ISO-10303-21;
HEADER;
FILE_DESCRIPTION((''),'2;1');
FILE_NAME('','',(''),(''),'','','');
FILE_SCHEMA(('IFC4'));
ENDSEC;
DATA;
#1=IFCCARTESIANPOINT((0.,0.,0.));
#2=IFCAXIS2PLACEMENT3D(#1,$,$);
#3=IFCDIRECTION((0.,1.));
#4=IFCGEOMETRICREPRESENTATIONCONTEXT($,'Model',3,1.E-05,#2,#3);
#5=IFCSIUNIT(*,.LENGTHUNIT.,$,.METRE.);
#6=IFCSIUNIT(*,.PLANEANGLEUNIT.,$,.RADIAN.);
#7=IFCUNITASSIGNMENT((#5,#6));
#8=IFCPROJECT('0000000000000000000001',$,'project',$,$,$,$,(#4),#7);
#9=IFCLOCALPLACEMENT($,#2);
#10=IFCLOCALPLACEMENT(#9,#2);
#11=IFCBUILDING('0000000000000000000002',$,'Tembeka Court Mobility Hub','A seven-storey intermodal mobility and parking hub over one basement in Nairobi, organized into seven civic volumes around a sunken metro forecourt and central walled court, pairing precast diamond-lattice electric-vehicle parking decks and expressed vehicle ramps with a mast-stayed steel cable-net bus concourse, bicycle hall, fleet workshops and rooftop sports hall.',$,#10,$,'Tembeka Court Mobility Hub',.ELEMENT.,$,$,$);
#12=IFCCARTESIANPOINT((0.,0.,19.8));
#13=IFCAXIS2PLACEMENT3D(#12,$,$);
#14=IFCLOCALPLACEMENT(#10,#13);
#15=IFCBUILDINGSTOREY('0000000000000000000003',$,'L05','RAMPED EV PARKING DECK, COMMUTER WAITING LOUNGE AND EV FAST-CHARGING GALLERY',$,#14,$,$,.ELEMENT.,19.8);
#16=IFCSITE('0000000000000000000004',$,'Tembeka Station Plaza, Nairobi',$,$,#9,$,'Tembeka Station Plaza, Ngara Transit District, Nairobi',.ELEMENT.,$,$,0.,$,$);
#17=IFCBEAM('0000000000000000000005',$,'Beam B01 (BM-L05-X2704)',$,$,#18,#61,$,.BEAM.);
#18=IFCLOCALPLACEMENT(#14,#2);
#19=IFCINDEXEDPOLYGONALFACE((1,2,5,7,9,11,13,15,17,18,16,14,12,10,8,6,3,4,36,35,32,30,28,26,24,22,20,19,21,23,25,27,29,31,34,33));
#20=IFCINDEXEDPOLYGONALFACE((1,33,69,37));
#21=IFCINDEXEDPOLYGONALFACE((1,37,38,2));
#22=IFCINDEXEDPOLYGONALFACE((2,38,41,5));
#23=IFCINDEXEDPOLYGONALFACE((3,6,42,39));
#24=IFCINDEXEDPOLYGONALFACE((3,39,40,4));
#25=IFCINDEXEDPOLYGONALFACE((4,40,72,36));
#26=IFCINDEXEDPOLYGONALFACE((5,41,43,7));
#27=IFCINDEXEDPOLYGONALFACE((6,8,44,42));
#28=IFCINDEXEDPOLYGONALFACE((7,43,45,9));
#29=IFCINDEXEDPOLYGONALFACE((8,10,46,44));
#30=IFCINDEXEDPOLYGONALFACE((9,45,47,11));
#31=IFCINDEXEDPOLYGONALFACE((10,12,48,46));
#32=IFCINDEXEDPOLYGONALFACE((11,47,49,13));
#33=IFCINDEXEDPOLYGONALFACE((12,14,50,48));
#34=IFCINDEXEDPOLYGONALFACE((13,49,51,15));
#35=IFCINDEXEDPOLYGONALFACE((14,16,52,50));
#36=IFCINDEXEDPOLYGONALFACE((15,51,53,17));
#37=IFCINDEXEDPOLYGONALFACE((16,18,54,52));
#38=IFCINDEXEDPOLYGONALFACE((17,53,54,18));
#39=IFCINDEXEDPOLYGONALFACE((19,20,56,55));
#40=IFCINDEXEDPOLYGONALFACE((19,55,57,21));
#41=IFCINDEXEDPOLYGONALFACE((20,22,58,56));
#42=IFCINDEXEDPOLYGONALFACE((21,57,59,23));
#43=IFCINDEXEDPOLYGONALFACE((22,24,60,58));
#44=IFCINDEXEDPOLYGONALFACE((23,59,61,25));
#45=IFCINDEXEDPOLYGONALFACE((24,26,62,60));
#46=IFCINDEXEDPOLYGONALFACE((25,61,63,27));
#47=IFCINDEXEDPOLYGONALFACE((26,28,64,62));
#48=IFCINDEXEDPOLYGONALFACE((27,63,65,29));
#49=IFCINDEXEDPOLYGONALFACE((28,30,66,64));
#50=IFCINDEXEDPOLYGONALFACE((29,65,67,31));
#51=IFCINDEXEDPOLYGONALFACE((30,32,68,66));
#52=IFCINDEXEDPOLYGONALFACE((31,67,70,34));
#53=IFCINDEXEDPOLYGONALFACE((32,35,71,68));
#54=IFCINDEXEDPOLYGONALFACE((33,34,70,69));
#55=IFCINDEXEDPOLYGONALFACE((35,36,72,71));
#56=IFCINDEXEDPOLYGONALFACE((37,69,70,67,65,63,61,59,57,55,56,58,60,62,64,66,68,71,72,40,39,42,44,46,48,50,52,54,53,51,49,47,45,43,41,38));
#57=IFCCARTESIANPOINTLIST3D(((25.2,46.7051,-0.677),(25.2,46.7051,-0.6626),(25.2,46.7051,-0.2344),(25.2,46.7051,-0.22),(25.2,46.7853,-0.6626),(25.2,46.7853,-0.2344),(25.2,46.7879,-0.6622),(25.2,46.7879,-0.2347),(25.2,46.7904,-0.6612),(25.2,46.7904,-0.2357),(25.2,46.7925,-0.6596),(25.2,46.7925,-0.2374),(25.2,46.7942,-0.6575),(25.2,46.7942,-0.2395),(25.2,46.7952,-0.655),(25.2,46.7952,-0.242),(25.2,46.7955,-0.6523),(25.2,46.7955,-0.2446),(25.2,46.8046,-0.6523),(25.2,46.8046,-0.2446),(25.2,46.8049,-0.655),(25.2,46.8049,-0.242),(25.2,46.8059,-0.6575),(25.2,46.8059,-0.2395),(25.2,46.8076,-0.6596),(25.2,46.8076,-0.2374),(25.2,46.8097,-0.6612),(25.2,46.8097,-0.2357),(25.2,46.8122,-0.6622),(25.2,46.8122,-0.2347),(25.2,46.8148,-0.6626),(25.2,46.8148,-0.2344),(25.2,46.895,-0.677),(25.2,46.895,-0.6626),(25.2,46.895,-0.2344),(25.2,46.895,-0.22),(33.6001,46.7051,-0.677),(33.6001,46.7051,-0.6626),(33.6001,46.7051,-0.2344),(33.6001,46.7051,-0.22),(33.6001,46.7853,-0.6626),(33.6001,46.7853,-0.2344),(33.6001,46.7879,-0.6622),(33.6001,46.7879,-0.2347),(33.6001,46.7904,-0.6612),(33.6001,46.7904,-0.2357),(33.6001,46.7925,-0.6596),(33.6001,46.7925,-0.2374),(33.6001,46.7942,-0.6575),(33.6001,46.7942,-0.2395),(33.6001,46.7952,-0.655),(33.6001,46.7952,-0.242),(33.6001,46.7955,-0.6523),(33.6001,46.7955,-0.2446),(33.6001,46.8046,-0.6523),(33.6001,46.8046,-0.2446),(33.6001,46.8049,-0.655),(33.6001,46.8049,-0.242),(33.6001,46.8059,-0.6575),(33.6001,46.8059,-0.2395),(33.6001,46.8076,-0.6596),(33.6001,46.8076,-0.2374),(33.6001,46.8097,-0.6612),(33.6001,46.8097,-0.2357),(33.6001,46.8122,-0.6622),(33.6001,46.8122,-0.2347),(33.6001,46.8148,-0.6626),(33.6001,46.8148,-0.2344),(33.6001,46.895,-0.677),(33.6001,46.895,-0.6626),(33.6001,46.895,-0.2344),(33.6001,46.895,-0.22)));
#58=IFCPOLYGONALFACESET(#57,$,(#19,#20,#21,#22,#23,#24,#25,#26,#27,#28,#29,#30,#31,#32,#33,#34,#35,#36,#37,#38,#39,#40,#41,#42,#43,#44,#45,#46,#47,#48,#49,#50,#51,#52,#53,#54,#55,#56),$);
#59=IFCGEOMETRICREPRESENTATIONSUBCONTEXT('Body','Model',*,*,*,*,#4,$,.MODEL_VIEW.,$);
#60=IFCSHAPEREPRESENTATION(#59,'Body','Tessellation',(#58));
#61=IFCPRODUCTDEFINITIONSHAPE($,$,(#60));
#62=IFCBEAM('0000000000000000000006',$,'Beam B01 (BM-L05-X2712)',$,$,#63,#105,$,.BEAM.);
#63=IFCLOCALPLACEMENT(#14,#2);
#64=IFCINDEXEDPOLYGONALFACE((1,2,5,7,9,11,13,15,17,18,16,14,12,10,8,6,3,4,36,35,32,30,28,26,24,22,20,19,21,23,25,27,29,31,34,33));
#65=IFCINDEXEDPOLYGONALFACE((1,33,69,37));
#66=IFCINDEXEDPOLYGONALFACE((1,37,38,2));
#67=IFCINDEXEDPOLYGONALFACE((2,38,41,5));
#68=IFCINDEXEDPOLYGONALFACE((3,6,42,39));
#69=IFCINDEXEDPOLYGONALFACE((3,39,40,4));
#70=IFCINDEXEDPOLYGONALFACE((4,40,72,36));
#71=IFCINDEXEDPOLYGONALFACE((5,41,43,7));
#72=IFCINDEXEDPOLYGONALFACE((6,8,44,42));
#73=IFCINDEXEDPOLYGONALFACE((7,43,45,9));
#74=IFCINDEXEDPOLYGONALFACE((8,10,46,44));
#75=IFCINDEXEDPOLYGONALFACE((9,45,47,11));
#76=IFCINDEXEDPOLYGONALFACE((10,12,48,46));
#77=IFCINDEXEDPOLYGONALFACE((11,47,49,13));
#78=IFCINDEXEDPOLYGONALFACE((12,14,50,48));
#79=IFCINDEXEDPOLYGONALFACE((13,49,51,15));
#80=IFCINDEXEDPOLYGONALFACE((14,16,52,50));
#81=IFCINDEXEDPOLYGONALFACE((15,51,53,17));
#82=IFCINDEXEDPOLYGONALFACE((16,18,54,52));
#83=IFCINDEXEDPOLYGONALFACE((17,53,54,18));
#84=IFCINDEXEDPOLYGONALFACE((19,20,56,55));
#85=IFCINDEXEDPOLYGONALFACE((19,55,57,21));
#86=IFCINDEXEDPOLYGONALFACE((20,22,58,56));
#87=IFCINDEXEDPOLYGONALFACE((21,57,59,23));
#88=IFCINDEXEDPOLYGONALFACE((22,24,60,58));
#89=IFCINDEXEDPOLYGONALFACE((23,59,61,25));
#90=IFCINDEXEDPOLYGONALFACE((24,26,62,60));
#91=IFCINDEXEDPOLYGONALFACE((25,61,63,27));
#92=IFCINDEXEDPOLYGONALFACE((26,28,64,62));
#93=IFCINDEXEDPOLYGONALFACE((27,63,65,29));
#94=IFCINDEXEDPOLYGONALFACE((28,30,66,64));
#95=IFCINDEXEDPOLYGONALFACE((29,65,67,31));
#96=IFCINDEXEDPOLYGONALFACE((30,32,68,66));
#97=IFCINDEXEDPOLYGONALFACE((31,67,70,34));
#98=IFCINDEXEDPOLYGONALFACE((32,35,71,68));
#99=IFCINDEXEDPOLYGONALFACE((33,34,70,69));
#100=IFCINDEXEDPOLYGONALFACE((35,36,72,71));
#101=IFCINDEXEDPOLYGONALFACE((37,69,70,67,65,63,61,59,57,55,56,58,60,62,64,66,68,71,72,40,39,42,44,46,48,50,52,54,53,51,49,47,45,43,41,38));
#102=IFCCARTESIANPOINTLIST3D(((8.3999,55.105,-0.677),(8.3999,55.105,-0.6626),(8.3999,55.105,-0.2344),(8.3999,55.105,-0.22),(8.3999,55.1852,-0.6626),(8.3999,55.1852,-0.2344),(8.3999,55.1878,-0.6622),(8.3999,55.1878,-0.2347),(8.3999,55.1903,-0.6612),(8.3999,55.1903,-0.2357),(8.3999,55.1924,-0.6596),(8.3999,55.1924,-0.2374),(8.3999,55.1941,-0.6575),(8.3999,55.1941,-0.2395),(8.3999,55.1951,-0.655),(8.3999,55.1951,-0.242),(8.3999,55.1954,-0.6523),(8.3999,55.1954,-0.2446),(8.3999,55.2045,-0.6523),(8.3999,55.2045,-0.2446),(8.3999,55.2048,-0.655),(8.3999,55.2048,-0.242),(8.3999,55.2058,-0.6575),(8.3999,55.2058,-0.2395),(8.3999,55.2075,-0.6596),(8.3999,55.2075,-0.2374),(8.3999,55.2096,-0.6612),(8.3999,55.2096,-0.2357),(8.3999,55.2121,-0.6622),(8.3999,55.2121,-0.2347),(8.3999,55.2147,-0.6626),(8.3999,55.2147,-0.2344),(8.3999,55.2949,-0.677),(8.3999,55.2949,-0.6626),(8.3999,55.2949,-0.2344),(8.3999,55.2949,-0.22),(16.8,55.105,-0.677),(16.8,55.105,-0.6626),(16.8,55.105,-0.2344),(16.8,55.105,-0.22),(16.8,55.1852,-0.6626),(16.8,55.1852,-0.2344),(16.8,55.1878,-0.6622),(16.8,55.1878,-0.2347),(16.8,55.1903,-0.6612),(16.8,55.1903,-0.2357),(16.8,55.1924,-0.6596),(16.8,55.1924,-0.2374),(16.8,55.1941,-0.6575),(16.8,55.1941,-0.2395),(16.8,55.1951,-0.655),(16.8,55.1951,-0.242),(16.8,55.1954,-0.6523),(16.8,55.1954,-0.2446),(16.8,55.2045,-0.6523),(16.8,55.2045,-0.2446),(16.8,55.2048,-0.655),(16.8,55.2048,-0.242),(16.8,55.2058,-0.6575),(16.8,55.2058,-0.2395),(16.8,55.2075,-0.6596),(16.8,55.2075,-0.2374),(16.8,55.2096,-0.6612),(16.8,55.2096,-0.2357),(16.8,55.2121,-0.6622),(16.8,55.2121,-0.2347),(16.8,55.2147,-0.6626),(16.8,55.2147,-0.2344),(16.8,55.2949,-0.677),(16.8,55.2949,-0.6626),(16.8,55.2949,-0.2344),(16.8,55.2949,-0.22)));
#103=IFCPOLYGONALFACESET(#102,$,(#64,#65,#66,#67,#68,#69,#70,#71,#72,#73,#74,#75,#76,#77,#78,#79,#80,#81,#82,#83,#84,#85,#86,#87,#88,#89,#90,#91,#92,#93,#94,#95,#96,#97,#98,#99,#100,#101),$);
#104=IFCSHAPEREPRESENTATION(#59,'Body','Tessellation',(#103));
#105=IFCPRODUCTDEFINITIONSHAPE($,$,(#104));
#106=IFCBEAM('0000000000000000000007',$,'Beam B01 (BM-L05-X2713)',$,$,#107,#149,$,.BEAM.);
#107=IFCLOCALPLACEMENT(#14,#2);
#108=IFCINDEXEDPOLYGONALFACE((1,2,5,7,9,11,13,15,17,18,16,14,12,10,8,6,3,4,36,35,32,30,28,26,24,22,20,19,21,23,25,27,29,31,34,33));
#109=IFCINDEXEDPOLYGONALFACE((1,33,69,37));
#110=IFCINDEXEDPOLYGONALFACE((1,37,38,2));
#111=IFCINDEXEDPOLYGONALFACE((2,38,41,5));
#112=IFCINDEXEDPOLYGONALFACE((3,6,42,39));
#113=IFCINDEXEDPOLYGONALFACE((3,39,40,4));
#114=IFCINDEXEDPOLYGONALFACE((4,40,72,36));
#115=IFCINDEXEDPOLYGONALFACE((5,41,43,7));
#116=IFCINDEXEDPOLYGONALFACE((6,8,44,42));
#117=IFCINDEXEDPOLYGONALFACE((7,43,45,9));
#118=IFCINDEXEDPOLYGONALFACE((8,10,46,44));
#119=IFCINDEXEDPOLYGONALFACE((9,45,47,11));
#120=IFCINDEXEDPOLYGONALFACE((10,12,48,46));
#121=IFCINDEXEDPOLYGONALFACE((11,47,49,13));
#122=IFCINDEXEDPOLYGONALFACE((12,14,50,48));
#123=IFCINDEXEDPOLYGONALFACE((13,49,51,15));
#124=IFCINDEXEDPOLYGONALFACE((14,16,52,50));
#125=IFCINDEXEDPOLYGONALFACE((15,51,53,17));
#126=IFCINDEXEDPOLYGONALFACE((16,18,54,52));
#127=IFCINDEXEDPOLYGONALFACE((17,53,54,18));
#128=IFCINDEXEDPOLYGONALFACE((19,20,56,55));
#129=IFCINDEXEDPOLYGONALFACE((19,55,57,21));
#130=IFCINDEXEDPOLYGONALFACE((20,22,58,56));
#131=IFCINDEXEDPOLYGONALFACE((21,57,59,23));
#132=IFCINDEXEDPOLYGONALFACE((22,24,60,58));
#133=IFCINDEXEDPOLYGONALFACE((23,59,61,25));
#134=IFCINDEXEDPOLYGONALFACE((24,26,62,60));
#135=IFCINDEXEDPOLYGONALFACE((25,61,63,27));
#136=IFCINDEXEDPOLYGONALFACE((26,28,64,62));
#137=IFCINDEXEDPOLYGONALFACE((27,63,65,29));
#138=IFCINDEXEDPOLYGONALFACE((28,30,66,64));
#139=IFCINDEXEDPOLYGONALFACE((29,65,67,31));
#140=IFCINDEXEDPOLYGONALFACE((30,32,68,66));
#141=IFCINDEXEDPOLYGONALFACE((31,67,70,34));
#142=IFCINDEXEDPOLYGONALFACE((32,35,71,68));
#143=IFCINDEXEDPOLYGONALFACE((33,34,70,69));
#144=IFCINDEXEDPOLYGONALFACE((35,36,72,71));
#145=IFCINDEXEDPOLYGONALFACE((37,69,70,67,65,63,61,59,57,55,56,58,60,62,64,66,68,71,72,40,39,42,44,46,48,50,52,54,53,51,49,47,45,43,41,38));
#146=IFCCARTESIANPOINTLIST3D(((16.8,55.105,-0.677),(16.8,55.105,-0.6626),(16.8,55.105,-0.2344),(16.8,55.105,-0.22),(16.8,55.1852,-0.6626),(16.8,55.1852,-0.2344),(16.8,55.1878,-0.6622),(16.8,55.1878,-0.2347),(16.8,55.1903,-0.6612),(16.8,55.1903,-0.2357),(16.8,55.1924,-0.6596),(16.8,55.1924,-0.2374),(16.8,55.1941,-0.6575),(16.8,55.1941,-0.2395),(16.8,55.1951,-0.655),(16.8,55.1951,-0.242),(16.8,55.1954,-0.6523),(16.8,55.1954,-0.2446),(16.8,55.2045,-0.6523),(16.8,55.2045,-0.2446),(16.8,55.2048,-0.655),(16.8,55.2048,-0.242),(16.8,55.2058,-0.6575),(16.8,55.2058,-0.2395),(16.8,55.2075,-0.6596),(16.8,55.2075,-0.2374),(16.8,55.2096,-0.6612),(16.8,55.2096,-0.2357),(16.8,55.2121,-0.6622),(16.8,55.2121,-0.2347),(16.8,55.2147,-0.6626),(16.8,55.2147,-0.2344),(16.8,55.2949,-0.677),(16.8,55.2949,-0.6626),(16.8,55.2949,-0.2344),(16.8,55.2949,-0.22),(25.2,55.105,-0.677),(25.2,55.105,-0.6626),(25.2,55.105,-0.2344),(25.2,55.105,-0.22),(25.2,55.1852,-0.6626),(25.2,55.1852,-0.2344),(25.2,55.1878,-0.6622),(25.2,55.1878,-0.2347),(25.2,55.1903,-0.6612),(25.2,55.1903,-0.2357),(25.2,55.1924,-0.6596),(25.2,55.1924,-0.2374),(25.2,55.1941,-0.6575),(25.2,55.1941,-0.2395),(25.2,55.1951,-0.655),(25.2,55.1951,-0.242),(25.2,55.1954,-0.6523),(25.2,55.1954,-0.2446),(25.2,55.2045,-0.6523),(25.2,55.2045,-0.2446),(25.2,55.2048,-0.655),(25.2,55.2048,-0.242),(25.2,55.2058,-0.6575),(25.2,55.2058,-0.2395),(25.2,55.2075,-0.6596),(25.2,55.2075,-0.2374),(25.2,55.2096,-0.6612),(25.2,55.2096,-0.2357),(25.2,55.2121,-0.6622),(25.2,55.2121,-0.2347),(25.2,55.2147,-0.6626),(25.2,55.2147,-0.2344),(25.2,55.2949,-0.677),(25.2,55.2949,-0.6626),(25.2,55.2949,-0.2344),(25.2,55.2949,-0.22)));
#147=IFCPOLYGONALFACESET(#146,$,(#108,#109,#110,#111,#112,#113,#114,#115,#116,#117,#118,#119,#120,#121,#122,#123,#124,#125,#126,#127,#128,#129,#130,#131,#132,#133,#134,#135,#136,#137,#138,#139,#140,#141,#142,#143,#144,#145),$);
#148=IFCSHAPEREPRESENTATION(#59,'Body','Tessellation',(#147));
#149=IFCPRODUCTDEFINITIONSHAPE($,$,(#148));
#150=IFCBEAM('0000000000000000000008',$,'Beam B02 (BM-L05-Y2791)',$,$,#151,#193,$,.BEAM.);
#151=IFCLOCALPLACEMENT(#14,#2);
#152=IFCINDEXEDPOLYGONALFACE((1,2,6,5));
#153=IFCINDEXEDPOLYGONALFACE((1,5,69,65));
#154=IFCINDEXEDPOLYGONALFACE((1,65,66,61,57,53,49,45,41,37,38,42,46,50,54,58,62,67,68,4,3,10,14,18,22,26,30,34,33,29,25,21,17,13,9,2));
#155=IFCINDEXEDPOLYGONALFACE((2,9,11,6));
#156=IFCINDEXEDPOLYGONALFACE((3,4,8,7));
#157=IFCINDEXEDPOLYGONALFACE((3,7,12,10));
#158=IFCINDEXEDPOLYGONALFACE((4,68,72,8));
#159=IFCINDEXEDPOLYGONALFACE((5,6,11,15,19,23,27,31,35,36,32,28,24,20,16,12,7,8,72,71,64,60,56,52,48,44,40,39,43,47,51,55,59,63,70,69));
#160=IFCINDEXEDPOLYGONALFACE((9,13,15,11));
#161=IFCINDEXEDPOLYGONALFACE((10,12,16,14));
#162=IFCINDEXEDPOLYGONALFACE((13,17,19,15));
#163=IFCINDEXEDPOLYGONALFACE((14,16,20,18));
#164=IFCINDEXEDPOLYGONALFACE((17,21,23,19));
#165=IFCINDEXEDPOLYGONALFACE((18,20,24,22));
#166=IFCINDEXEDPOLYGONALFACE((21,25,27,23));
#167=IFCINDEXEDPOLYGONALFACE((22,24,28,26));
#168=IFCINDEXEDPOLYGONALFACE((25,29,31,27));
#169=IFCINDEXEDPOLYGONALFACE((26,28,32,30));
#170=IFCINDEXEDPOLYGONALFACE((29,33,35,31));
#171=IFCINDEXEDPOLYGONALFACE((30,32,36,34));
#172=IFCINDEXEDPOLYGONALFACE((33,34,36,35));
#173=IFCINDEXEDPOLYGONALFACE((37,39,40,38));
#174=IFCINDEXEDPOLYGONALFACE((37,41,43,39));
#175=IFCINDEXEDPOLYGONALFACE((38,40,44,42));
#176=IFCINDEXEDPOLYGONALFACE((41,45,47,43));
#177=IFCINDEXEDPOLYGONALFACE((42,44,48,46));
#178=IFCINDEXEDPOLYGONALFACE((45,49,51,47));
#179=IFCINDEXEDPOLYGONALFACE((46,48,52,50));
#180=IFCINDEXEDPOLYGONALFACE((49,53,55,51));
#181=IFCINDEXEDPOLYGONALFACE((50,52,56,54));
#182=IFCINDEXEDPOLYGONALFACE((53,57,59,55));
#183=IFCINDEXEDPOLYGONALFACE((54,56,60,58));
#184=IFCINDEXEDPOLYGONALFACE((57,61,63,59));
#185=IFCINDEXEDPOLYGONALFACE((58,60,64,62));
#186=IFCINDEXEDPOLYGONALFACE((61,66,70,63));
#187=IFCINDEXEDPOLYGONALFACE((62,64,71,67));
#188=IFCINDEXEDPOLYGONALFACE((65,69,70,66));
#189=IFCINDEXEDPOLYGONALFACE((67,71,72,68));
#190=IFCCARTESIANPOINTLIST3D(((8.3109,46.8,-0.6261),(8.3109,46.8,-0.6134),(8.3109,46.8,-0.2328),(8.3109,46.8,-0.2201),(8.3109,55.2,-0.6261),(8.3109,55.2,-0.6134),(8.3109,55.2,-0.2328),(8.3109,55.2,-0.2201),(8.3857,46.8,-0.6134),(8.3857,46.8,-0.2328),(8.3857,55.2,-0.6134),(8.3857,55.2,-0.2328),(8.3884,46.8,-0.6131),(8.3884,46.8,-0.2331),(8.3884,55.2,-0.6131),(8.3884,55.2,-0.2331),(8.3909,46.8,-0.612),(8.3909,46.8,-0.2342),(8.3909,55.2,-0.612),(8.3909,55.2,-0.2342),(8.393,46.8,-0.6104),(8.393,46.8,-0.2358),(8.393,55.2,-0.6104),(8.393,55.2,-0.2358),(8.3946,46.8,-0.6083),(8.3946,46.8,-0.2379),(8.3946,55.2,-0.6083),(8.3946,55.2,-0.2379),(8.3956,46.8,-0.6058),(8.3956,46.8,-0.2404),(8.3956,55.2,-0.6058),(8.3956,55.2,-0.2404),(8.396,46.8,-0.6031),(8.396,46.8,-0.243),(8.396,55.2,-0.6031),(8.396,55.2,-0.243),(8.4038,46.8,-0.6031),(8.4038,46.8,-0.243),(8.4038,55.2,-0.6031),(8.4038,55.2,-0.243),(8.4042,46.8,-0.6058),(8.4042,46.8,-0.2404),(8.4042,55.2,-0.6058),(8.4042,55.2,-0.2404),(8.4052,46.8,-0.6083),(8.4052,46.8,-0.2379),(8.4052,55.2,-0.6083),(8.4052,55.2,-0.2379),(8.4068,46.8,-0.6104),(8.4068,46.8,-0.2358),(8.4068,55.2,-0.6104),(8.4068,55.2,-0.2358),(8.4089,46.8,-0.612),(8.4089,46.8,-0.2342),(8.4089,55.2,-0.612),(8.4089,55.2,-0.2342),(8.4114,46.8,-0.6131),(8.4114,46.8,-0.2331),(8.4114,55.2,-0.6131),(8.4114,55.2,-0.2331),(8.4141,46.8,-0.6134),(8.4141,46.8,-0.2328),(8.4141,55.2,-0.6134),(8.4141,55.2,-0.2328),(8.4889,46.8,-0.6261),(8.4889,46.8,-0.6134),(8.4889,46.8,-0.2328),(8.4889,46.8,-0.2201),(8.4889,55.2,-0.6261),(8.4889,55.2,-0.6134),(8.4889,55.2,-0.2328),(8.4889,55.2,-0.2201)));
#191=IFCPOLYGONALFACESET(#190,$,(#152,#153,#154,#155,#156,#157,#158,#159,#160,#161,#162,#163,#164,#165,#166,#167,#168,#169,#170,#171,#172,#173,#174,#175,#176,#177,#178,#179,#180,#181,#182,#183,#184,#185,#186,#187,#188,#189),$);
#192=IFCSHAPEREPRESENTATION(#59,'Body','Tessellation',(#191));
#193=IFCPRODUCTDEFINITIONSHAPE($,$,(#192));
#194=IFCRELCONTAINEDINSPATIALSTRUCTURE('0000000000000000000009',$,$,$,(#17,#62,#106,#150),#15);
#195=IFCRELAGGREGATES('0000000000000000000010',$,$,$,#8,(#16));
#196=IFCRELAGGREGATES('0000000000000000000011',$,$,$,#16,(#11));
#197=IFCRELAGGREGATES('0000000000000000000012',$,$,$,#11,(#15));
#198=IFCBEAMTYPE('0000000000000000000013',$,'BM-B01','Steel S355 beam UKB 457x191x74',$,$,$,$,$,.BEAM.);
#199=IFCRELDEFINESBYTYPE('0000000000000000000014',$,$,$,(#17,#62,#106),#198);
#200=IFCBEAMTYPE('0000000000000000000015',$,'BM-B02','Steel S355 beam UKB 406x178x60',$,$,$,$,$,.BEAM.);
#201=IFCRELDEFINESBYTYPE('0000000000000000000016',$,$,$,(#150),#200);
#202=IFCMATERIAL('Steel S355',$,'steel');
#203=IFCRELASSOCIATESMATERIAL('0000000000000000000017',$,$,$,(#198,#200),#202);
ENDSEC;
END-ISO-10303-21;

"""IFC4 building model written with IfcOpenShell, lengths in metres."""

from ifc_helpers import new_model, si_unit, direction, frame, origin, origin_2d, place, context, subcontext, project, spatial, i_section, extrude, material, material_profile, profile_set, type_object, element, save


model = new_model("IFC4")

# Units and contexts
model_context = context("Model", 3, precision=1e-05, world=origin(), true_north=direction((0.0, 1.0)))
body_context = subcontext(model_context, "Body", "Model", "MODEL_VIEW")
ifc_project = project(units=[si_unit("LENGTHUNIT", "METRE"), si_unit("PLANEANGLEUNIT", "RADIAN")], contexts=[model_context])

# Site, building, storey
site_placement = place(None, origin())
site = spatial("IfcSite", under=ifc_project, at=site_placement, Name="Tembeka Station Plaza, Nairobi", LongName="Tembeka Station Plaza, Ngara Transit District, Nairobi", CompositionType="ELEMENT", RefElevation=0.0)
building_placement = place(site_placement, origin())
building = spatial("IfcBuilding", under=site, at=building_placement, Name="Tembeka Court Mobility Hub", Description="A seven-storey intermodal mobility and parking hub over one basement in Nairobi, organized into seven civic volumes around a sunken metro forecourt and central walled court, pairing precast diamond-lattice electric-vehicle parking decks and expressed vehicle ramps with a mast-stayed steel cable-net bus concourse, bicycle hall, fleet workshops and rooftop sports hall.", LongName="Tembeka Court Mobility Hub", CompositionType="ELEMENT")
storey_placement = place(building_placement, frame((0.0, 0.0, 19.8)))
storey = spatial("IfcBuildingStorey", under=building, at=storey_placement, Name="L05", Description="RAMPED EV PARKING DECK, COMMUTER WAITING LOUNGE AND EV FAST-CHARGING GALLERY", CompositionType="ELEMENT", Elevation=19.8)

# Shared definitions
ifc_material_1 = material(Name="Steel S355", Category="steel")

# Beams
ifc_material_profile_1 = material_profile(ifc_material_1, i_section(OverallWidth=0.1899, OverallDepth=0.457, WebThickness=0.009, FlangeThickness=0.0144, FilletRadius=0.0103, at=origin_2d()), Name="UKB 457x191x74")
ifc_profile_set_1 = profile_set([ifc_material_profile_1], Name="Steel S355")
beam_type_1 = type_object("IfcBeamType", Name="BM-B01", Description="Steel S355 beam UKB 457x191x74", PredefinedType="BEAM", material=ifc_profile_set_1)
for number, where, z_axis, x_axis, name in (
    (1, (25.2, 46.8, -0.4485), (1.0, 0.0, 0.0), (0.0, 1.0, 0.0), "Beam B01 (BM-L05-X2704)"),
    (2, (8.3999, 55.2, -0.4485), (1.0, 0.0, 0.0), (0.0, 1.0, 0.0), "Beam B01 (BM-L05-X2712)"),
):
    element("IfcBeam", number, at=place(storey_placement, frame(where, z_axis=z_axis, x_axis=x_axis)), inside=storey, type_object=beam_type_1, Name=name, PredefinedType="BEAM", context=body_context, shape_type="SweptSolid", body=[
        extrude(i_section(OverallWidth=0.1899, OverallDepth=0.457, WebThickness=0.009, FlangeThickness=0.0144, FilletRadius=0.0103, at=origin_2d()), origin(), (0.0, 0.0, 1.0), 8.4001),
    ])
beam_1_placement = place(storey_placement, frame((16.8, 55.2, -0.4485), z_axis=(1.0, 0.0, 0.0), x_axis=(0.0, 1.0, 0.0)))
element("IfcBeam", 3, at=beam_1_placement, inside=storey, type_object=beam_type_1, Name="Beam B01 (BM-L05-X2713)", PredefinedType="BEAM", context=body_context, shape_type="SweptSolid", body=[
    extrude(i_section(OverallWidth=0.1899, OverallDepth=0.457, WebThickness=0.009, FlangeThickness=0.0144, FilletRadius=0.0103, at=origin_2d()), origin(), (0.0, 0.0, 1.0), 8.3999),
])
ifc_material_profile_2 = material_profile(ifc_material_1, i_section(OverallWidth=0.178, OverallDepth=0.406, WebThickness=0.0078, FlangeThickness=0.0127, FilletRadius=0.0103, at=origin_2d()), Name="UKB 406x178x60")
ifc_profile_set_2 = profile_set([ifc_material_profile_2], Name="Steel S355")
beam_type_2 = type_object("IfcBeamType", Name="BM-B02", Description="Steel S355 beam UKB 406x178x60", PredefinedType="BEAM", material=ifc_profile_set_2)
beam_2_placement = place(storey_placement, frame((8.3999, 46.8, -0.4231), z_axis=(0.0, 1.0, 0.0), x_axis=(-1.0, 0.0, 0.0)))
element("IfcBeam", 4, at=beam_2_placement, inside=storey, type_object=beam_type_2, Name="Beam B02 (BM-L05-Y2791)", PredefinedType="BEAM", context=body_context, shape_type="SweptSolid", body=[
    extrude(i_section(OverallWidth=0.178, OverallDepth=0.406, WebThickness=0.0078, FlangeThickness=0.0127, FilletRadius=0.0103, at=origin_2d()), origin(), (0.0, 0.0, 1.0), 8.3999),
])

save(model, "model.ifc")
